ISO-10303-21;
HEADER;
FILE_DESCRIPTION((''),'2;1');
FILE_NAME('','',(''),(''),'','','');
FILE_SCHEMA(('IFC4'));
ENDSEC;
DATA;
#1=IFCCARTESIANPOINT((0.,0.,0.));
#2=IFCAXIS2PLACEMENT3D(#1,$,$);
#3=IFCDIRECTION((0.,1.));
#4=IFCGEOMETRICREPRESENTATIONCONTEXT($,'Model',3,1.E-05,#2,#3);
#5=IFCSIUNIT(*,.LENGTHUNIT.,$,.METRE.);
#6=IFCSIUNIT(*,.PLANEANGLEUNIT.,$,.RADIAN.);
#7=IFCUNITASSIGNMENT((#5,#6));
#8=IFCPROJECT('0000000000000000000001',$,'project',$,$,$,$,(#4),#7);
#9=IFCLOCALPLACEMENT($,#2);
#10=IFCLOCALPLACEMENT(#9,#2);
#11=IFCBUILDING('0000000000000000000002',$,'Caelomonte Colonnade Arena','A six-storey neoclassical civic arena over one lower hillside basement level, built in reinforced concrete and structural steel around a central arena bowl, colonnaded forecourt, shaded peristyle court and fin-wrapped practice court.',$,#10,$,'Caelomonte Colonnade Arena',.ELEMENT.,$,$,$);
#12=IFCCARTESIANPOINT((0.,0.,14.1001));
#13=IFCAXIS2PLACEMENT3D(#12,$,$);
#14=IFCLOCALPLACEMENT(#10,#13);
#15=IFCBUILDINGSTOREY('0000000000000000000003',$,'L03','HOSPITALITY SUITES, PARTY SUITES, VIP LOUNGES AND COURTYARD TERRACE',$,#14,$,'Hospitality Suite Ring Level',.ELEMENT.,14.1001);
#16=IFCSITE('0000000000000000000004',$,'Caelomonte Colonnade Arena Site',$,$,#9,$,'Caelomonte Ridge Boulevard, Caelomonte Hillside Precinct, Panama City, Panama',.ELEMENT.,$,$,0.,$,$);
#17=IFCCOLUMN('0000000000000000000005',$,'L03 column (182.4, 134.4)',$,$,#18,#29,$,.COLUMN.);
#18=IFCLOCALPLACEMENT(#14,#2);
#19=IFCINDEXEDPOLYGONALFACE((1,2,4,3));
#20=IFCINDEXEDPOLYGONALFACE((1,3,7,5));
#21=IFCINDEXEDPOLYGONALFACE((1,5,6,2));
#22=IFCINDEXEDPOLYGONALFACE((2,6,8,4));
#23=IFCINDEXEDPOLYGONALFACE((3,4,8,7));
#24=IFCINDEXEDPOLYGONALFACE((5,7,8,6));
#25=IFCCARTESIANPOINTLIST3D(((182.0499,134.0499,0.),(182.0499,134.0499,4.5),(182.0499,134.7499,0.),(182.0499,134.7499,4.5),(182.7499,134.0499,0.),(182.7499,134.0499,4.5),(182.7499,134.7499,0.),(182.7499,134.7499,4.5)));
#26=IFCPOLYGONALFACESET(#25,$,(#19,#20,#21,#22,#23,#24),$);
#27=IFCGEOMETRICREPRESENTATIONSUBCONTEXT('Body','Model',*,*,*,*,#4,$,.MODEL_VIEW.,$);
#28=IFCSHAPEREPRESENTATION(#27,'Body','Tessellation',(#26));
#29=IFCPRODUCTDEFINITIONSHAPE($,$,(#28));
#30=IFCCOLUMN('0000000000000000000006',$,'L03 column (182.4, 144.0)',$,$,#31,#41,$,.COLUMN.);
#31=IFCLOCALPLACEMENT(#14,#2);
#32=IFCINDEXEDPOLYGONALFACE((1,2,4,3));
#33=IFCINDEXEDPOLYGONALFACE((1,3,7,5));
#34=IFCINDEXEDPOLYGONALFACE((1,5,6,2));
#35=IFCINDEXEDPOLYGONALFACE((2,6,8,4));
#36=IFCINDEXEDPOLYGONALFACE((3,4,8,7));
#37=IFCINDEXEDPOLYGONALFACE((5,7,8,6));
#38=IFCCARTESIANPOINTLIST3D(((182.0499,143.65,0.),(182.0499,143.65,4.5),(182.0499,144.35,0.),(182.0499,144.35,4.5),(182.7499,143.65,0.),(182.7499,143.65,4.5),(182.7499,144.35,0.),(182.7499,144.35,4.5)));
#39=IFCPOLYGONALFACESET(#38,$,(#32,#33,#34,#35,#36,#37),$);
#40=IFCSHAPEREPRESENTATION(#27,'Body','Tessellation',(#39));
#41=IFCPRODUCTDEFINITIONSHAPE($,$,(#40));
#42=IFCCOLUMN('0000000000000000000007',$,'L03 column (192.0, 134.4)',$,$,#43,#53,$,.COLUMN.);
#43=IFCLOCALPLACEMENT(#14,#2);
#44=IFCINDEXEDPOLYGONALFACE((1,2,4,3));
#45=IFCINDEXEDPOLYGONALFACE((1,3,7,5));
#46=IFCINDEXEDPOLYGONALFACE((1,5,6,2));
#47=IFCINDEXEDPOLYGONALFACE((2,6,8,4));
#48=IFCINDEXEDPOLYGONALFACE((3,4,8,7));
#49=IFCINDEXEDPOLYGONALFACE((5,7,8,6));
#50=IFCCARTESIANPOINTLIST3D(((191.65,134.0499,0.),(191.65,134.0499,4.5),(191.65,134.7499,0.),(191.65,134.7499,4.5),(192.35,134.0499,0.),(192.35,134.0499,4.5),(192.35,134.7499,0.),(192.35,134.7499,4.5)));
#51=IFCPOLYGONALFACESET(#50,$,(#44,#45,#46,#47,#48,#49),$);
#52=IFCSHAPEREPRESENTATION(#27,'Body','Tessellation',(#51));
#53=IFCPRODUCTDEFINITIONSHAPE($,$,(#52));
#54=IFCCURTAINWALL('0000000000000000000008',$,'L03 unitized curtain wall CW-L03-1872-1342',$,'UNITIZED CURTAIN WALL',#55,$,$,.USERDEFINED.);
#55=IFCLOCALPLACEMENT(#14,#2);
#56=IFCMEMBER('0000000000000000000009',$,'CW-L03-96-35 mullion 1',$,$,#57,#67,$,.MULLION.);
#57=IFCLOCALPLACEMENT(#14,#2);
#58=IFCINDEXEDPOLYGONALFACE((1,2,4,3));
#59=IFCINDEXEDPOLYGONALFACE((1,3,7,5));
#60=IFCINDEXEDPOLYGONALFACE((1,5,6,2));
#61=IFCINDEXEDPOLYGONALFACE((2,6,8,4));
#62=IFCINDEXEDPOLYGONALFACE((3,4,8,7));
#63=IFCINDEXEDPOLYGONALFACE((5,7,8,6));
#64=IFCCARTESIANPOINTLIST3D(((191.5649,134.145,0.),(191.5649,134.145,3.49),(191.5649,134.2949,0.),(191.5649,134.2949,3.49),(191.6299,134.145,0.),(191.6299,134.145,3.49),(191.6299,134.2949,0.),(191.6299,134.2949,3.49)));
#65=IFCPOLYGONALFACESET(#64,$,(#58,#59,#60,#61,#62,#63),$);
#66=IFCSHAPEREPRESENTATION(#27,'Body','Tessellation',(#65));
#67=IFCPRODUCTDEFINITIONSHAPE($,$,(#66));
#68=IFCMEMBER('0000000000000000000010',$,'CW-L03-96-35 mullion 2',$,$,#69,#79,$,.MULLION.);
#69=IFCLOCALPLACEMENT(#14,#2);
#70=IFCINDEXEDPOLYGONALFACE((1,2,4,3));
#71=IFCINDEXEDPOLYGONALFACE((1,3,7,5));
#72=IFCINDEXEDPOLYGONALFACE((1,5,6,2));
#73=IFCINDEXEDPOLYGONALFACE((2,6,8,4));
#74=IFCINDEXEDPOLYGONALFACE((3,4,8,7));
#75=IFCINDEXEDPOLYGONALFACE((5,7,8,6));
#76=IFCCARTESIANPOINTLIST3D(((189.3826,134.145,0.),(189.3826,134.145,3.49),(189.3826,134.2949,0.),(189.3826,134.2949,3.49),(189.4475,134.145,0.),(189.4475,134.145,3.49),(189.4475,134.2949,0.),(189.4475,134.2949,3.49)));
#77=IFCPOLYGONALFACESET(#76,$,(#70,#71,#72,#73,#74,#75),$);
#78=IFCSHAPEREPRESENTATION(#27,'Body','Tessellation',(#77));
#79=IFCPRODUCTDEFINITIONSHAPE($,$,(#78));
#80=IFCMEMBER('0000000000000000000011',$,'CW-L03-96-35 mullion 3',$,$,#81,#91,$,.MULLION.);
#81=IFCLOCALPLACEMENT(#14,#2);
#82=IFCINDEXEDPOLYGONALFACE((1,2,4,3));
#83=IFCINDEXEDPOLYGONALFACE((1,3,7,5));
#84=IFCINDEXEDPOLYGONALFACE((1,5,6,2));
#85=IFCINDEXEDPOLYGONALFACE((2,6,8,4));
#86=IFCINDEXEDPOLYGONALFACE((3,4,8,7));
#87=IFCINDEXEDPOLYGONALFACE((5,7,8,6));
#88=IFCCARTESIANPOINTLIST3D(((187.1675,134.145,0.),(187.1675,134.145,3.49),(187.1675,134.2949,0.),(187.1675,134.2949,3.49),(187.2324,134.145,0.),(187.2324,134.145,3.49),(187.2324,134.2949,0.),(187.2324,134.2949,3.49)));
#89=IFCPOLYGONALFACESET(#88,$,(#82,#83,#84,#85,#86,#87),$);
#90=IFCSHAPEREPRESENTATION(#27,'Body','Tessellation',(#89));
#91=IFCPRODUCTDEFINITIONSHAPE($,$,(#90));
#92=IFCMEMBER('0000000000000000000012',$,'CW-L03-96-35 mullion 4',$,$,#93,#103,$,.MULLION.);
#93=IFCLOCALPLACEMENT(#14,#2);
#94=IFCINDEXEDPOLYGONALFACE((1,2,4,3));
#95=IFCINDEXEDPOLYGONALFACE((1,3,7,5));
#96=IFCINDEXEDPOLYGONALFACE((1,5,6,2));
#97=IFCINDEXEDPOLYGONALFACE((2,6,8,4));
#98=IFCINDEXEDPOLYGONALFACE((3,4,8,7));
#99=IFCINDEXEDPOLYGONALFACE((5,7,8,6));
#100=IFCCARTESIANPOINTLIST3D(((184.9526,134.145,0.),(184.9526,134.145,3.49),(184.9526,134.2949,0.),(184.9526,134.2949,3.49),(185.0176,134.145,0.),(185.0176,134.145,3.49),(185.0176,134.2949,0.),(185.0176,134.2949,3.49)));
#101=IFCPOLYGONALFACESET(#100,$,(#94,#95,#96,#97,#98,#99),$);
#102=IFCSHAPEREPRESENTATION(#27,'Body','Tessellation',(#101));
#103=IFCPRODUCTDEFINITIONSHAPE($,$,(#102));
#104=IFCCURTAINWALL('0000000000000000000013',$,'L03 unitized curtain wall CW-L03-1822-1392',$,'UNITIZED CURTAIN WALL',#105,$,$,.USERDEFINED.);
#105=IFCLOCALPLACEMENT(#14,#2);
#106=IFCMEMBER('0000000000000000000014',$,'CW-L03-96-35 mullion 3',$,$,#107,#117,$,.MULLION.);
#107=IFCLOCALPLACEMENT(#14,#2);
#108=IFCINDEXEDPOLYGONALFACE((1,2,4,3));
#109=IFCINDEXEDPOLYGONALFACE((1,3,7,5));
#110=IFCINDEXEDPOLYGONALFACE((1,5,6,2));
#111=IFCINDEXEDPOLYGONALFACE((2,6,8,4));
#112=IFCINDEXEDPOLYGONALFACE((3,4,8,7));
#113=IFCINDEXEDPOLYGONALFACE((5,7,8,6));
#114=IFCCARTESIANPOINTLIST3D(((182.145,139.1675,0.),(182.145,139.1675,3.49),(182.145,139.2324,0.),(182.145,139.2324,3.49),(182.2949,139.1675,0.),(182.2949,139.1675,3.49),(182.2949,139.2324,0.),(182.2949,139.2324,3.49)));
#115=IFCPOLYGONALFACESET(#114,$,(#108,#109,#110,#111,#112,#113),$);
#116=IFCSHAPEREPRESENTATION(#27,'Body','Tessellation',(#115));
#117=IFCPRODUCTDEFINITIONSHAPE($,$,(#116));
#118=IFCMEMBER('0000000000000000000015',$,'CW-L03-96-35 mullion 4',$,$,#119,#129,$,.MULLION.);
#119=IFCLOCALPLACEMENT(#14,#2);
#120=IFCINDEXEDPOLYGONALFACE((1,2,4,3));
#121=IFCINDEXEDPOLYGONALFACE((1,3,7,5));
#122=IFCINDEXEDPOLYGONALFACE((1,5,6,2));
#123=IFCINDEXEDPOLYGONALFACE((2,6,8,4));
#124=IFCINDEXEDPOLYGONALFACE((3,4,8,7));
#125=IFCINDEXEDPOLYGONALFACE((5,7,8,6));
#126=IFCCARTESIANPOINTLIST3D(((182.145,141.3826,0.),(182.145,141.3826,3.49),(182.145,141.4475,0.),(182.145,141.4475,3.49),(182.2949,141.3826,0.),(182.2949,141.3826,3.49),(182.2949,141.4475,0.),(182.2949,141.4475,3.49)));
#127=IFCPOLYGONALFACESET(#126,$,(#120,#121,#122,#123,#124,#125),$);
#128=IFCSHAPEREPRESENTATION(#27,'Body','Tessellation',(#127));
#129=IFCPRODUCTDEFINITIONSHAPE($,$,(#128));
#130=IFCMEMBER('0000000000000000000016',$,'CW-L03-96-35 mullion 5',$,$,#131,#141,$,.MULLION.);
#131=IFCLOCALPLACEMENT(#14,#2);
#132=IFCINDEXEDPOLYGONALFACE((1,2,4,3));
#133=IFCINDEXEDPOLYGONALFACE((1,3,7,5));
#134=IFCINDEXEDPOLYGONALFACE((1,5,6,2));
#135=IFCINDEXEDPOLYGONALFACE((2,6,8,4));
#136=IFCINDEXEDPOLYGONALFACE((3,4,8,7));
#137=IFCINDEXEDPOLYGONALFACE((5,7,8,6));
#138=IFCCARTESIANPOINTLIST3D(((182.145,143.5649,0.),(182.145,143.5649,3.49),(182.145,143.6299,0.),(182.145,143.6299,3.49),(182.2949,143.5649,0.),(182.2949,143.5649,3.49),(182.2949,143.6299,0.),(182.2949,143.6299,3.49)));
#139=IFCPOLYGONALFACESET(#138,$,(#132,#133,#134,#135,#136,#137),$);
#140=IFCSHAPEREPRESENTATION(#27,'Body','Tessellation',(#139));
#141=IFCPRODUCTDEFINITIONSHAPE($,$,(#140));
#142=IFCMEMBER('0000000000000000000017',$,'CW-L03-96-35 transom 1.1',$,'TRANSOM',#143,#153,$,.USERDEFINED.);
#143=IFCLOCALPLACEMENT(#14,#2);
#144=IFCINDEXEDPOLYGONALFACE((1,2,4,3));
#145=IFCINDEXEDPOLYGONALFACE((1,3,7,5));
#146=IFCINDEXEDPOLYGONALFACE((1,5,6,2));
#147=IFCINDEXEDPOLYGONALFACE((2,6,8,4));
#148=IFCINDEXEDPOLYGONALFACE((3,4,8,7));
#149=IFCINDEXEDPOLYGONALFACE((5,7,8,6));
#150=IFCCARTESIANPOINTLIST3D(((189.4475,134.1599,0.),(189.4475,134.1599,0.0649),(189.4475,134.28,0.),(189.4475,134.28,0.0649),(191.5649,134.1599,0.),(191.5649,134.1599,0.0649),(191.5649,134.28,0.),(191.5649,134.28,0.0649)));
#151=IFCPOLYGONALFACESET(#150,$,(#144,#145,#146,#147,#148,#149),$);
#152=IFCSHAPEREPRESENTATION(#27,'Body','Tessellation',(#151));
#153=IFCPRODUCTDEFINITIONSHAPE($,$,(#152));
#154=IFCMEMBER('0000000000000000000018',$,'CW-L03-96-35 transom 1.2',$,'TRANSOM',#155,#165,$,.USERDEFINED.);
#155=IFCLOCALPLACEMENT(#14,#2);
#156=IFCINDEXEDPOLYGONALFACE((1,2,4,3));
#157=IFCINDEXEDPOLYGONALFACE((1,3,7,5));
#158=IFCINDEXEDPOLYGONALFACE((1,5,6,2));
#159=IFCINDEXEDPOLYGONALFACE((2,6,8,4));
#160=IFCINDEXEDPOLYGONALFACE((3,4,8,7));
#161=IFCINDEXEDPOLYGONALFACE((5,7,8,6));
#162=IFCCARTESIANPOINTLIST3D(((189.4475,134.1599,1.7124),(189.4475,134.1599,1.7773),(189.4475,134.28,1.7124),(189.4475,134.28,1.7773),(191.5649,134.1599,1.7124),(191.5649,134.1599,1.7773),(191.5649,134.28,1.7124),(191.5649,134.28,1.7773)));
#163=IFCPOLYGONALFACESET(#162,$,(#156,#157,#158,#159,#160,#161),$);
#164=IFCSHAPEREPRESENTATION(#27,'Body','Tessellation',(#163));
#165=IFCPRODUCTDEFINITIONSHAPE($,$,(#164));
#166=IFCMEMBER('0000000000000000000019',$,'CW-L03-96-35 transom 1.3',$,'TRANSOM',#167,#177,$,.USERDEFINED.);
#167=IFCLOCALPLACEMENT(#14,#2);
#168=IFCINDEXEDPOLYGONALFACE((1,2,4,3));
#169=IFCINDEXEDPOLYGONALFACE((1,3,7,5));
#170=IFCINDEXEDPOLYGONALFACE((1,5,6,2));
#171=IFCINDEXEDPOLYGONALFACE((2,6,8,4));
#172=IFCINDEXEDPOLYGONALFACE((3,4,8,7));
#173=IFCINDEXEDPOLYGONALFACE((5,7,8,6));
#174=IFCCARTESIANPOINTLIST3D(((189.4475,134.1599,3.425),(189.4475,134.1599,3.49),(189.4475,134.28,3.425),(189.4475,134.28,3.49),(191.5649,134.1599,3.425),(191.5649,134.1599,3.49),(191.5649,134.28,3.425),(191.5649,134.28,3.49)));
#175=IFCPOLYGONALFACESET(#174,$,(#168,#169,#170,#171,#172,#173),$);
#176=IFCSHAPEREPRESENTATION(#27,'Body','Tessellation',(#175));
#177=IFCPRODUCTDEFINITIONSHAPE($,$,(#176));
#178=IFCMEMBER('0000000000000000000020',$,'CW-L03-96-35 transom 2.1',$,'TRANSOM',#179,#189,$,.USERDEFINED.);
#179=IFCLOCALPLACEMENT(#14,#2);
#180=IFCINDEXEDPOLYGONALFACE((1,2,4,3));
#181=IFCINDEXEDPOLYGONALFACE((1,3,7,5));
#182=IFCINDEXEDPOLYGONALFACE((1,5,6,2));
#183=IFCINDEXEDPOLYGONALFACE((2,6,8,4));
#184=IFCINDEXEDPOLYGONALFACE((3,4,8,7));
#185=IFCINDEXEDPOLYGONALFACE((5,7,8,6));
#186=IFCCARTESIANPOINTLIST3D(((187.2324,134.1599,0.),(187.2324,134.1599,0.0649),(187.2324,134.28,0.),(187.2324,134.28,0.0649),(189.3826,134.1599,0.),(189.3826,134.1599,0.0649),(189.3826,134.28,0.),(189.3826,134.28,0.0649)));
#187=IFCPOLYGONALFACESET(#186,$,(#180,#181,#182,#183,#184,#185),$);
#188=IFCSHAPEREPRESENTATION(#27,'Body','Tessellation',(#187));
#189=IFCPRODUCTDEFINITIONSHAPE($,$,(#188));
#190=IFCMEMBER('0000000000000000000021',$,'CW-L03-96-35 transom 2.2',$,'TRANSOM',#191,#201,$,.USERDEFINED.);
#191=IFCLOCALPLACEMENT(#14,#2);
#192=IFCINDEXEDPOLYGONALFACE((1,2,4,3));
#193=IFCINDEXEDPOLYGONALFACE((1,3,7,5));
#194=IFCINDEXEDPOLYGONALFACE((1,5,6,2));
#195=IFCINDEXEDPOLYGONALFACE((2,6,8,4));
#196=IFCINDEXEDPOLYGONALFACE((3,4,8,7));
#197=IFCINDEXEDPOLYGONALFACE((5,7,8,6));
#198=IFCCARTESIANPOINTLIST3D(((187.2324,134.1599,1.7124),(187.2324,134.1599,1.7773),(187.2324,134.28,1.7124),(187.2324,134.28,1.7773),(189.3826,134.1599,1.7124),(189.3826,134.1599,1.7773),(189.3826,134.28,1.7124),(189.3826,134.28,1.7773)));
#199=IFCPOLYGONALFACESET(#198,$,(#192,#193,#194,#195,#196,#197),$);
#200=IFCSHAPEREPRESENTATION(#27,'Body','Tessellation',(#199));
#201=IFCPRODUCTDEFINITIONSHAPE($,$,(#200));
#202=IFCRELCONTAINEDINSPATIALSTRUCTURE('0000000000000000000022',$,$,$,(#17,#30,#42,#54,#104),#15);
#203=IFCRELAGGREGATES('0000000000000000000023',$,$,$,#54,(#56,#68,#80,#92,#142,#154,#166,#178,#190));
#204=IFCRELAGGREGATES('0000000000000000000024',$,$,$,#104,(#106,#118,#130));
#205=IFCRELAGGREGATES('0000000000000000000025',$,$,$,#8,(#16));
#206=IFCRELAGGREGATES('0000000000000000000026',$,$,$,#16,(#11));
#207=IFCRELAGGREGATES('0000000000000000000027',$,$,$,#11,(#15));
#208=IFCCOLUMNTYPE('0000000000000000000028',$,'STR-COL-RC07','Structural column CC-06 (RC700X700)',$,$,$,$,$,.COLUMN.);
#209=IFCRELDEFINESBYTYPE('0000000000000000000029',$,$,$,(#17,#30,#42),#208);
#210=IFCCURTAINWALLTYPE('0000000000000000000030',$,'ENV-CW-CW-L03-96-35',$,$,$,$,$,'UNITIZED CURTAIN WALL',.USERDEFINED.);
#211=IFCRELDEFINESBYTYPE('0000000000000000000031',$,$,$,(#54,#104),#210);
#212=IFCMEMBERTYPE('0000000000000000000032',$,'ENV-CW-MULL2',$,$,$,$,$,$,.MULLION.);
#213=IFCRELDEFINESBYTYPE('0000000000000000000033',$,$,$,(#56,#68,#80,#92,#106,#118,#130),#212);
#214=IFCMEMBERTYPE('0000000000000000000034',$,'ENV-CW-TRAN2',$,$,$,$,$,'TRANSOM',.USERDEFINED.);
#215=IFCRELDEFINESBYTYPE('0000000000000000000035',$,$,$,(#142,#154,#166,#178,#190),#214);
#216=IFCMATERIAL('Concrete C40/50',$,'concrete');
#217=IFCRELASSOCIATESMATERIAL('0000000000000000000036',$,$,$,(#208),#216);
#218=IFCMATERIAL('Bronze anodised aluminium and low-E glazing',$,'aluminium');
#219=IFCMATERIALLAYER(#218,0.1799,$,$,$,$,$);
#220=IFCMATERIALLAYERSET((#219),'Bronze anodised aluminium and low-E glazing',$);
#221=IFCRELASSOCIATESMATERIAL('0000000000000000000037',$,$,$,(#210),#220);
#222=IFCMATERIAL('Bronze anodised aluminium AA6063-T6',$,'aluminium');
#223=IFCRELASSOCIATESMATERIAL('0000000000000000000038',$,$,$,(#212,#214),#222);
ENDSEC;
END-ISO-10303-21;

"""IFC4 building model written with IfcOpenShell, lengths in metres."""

from ifc_helpers import new_model, si_unit, direction, frame, origin, origin_2d, place, context, subcontext, project, spatial, rectangle, extrude, material, layer, layer_set, material_profile, profile_set, type_object, element, aggregate, save


model = new_model("IFC4")

# Units and contexts
model_context = context("Model", 3, precision=1e-05, world=origin(), true_north=direction((0.0, 1.0)))
body_context = subcontext(model_context, "Body", "Model", "MODEL_VIEW")
ifc_project = project(units=[si_unit("LENGTHUNIT", "METRE"), si_unit("PLANEANGLEUNIT", "RADIAN")], contexts=[model_context])

# Site, building, storey
site_placement = place(None, origin())
site = spatial("IfcSite", under=ifc_project, at=site_placement, Name="Caelomonte Colonnade Arena Site", LongName="Caelomonte Ridge Boulevard, Caelomonte Hillside Precinct, Panama City, Panama", CompositionType="ELEMENT", RefElevation=0.0)
building_placement = place(site_placement, origin())
building = spatial("IfcBuilding", under=site, at=building_placement, Name="Caelomonte Colonnade Arena", Description="A six-storey neoclassical civic arena over one lower hillside basement level, built in reinforced concrete and structural steel around a central arena bowl, colonnaded forecourt, shaded peristyle court and fin-wrapped practice court.", LongName="Caelomonte Colonnade Arena", CompositionType="ELEMENT")
storey_placement = place(building_placement, frame((0.0, 0.0, 14.1001)))
storey = spatial("IfcBuildingStorey", under=building, at=storey_placement, Name="L03", Description="HOSPITALITY SUITES, PARTY SUITES, VIP LOUNGES AND COURTYARD TERRACE", LongName="Hospitality Suite Ring Level", CompositionType="ELEMENT", Elevation=14.1001)

# Columns
ifc_material_1 = material(Name="Concrete C40/50", Category="concrete")
ifc_material_profile_1 = material_profile(ifc_material_1, rectangle(XDim=0.7, YDim=0.7, at=origin_2d()), Name="RC700X700")
ifc_profile_set_1 = profile_set([ifc_material_profile_1], Name="Concrete C40/50")
column_type = type_object("IfcColumnType", Name="STR-COL-RC07", Description="Structural column CC-06 (RC700X700)", PredefinedType="COLUMN", material=ifc_profile_set_1)
for number, where, z_axis, x_axis, name in (
    (1, (182.3999, 134.3999, 0.0), (0.0, 0.0, 1.0), (1.0, 0.0, 0.0), "L03 column (182.4, 134.4)"),
    (2, (182.3999, 144.0, 0.0), (0.0, 0.0, 1.0), (1.0, 0.0, 0.0), "L03 column (182.4, 144.0)"),
    (3, (192.0, 134.3999, 0.0), (0.0, 0.0, 1.0), (1.0, 0.0, 0.0), "L03 column (192.0, 134.4)"),
):
    element("IfcColumn", number, at=place(storey_placement, frame(where, z_axis=z_axis, x_axis=x_axis)), inside=storey, type_object=column_type, Name=name, PredefinedType="COLUMN", context=body_context, shape_type="SweptSolid", body=[
        extrude(rectangle(XDim=0.7, YDim=0.7, at=origin_2d()), origin(), (0.0, 0.0, 1.0), 4.5),
    ])

# Curtain walls, members
ifc_material_2 = material(Name="Bronze anodised aluminium and low-E glazing", Category="aluminium")
ifc_layer_1 = layer(ifc_material_2, 0.1799)
ifc_layer_set_1 = layer_set([ifc_layer_1], Name="Bronze anodised aluminium and low-E glazing")
curtain_wall_type = type_object("IfcCurtainWallType", Name="ENV-CW-CW-L03-96-35", ElementType="UNITIZED CURTAIN WALL", PredefinedType="USERDEFINED", material=ifc_layer_set_1)
curtain_wall_1_placement = place(storey_placement, origin())
curtain_wall_1 = element("IfcCurtainWall", 4, at=curtain_wall_1_placement, inside=storey, type_object=curtain_wall_type, Name="L03 unitized curtain wall CW-L03-1872-1342", ObjectType="UNITIZED CURTAIN WALL", PredefinedType="USERDEFINED")
ifc_material_3 = material(Name="Bronze anodised aluminium AA6063-T6", Category="aluminium")
ifc_material_profile_2 = material_profile(ifc_material_3, rectangle(XDim=0.0649, YDim=0.1499, at=origin_2d()), Name="CWM-65X150")
ifc_profile_set_2 = profile_set([ifc_material_profile_2], Name="Bronze anodised aluminium AA6063-T6")
member_type_1 = type_object("IfcMemberType", Name="ENV-CW-MULL2", PredefinedType="MULLION", material=ifc_profile_set_2)
member_1_placement = place(storey_placement, frame((191.5974, 134.22, 0.0), z_axis=(0.0, 0.0, 1.0), x_axis=(-1.0, 0.0, 0.0)))
member_1 = element("IfcMember", 5, at=member_1_placement, type_object=member_type_1, Name="CW-L03-96-35 mullion 1", PredefinedType="MULLION", context=body_context, shape_type="SweptSolid", body=[
    extrude(rectangle(XDim=0.0649, YDim=0.1499, at=origin_2d()), origin(), (0.0, 0.0, 1.0), 3.49),
])
member_2_placement = place(storey_placement, frame((189.415, 134.22, 0.0), z_axis=(0.0, 0.0, 1.0), x_axis=(-1.0, 0.0, 0.0)))
member_2 = element("IfcMember", 6, at=member_2_placement, type_object=member_type_1, Name="CW-L03-96-35 mullion 2", PredefinedType="MULLION", context=body_context, shape_type="SweptSolid", body=[
    extrude(rectangle(XDim=0.0649, YDim=0.1499, at=origin_2d()), origin(), (0.0, 0.0, 1.0), 3.49),
])
member_3_placement = place(storey_placement, frame((187.2, 134.22, 0.0), z_axis=(0.0, 0.0, 1.0), x_axis=(-1.0, 0.0, 0.0)))
member_3 = element("IfcMember", 7, at=member_3_placement, type_object=member_type_1, Name="CW-L03-96-35 mullion 3", PredefinedType="MULLION", context=body_context, shape_type="SweptSolid", body=[
    extrude(rectangle(XDim=0.0649, YDim=0.1499, at=origin_2d()), origin(), (0.0, 0.0, 1.0), 3.49),
])
member_4_placement = place(storey_placement, frame((184.9851, 134.22, 0.0), z_axis=(0.0, 0.0, 1.0), x_axis=(-1.0, 0.0, 0.0)))
member_4 = element("IfcMember", 8, at=member_4_placement, type_object=member_type_1, Name="CW-L03-96-35 mullion 4", PredefinedType="MULLION", context=body_context, shape_type="SweptSolid", body=[
    extrude(rectangle(XDim=0.0649, YDim=0.1499, at=origin_2d()), origin(), (0.0, 0.0, 1.0), 3.49),
])
curtain_wall_2_placement = place(storey_placement, origin())
curtain_wall_2 = element("IfcCurtainWall", 9, at=curtain_wall_2_placement, inside=storey, type_object=curtain_wall_type, Name="L03 unitized curtain wall CW-L03-1822-1392", ObjectType="UNITIZED CURTAIN WALL", PredefinedType="USERDEFINED")
member_5_placement = place(storey_placement, frame((182.22, 139.2, 0.0), z_axis=(0.0, 0.0, 1.0), x_axis=(0.0, 1.0, 0.0)))
member_5 = element("IfcMember", 10, at=member_5_placement, type_object=member_type_1, Name="CW-L03-96-35 mullion 3", PredefinedType="MULLION", context=body_context, shape_type="SweptSolid", body=[
    extrude(rectangle(XDim=0.0649, YDim=0.1499, at=origin_2d()), origin(), (0.0, 0.0, 1.0), 3.49),
])
member_6_placement = place(storey_placement, frame((182.22, 141.415, 0.0), z_axis=(0.0, 0.0, 1.0), x_axis=(0.0, 1.0, 0.0)))
member_6 = element("IfcMember", 11, at=member_6_placement, type_object=member_type_1, Name="CW-L03-96-35 mullion 4", PredefinedType="MULLION", context=body_context, shape_type="SweptSolid", body=[
    extrude(rectangle(XDim=0.0649, YDim=0.1499, at=origin_2d()), origin(), (0.0, 0.0, 1.0), 3.49),
])
member_7_placement = place(storey_placement, frame((182.22, 143.5974, 0.0), z_axis=(0.0, 0.0, 1.0), x_axis=(0.0, 1.0, 0.0)))
member_7 = element("IfcMember", 12, at=member_7_placement, type_object=member_type_1, Name="CW-L03-96-35 mullion 5", PredefinedType="MULLION", context=body_context, shape_type="SweptSolid", body=[
    extrude(rectangle(XDim=0.0649, YDim=0.1499, at=origin_2d()), origin(), (0.0, 0.0, 1.0), 3.49),
])

# Members
ifc_material_profile_3 = material_profile(ifc_material_3, rectangle(XDim=0.0649, YDim=0.1201, at=origin_2d()), Name="CWT-65X120")
ifc_profile_set_3 = profile_set([ifc_material_profile_3], Name="Bronze anodised aluminium AA6063-T6")
member_type_2 = type_object("IfcMemberType", Name="ENV-CW-TRAN2", ElementType="TRANSOM", PredefinedType="USERDEFINED", material=ifc_profile_set_3)
member_8_placement = place(storey_placement, frame((191.5649, 134.22, 0.0325), z_axis=(-1.0, 0.0, 0.0), x_axis=(0.0, 0.0, 1.0)))
member_8 = element("IfcMember", 13, at=member_8_placement, type_object=member_type_2, Name="CW-L03-96-35 transom 1.1", ObjectType="TRANSOM", PredefinedType="USERDEFINED", context=body_context, shape_type="SweptSolid", body=[
    extrude(rectangle(XDim=0.0649, YDim=0.1201, at=origin_2d()), origin(), (0.0, 0.0, 1.0), 2.1174),
])
member_9_placement = place(storey_placement, frame((191.5649, 134.22, 1.7449), z_axis=(-1.0, 0.0, 0.0), x_axis=(0.0, 0.0, 1.0)))
member_9 = element("IfcMember", 14, at=member_9_placement, type_object=member_type_2, Name="CW-L03-96-35 transom 1.2", ObjectType="TRANSOM", PredefinedType="USERDEFINED", context=body_context, shape_type="SweptSolid", body=[
    extrude(rectangle(XDim=0.0649, YDim=0.1201, at=origin_2d()), origin(), (0.0, 0.0, 1.0), 2.1174),
])
member_10_placement = place(storey_placement, frame((191.5649, 134.22, 3.4575), z_axis=(-1.0, 0.0, 0.0), x_axis=(0.0, 0.0, 1.0)))
member_10 = element("IfcMember", 15, at=member_10_placement, type_object=member_type_2, Name="CW-L03-96-35 transom 1.3", ObjectType="TRANSOM", PredefinedType="USERDEFINED", context=body_context, shape_type="SweptSolid", body=[
    extrude(rectangle(XDim=0.0649, YDim=0.1201, at=origin_2d()), origin(), (0.0, 0.0, 1.0), 2.1174),
])
member_11_placement = place(storey_placement, frame((189.3826, 134.22, 0.0325), z_axis=(-1.0, 0.0, 0.0), x_axis=(0.0, 0.0, 1.0)))
member_11 = element("IfcMember", 16, at=member_11_placement, type_object=member_type_2, Name="CW-L03-96-35 transom 2.1", ObjectType="TRANSOM", PredefinedType="USERDEFINED", context=body_context, shape_type="SweptSolid", body=[
    extrude(rectangle(XDim=0.0649, YDim=0.1201, at=origin_2d()), origin(), (0.0, 0.0, 1.0), 2.1501),
])
member_12_placement = place(storey_placement, frame((189.3826, 134.22, 1.7449), z_axis=(-1.0, 0.0, 0.0), x_axis=(0.0, 0.0, 1.0)))
member_12 = element("IfcMember", 17, at=member_12_placement, type_object=member_type_2, Name="CW-L03-96-35 transom 2.2", ObjectType="TRANSOM", PredefinedType="USERDEFINED", context=body_context, shape_type="SweptSolid", body=[
    extrude(rectangle(XDim=0.0649, YDim=0.1201, at=origin_2d()), origin(), (0.0, 0.0, 1.0), 2.1501),
])

aggregate(curtain_wall_1, [member_1, member_2, member_3, member_4, member_8, member_9, member_10, member_11, member_12])
aggregate(curtain_wall_2, [member_5, member_6, member_7])

save(model, "model.ifc")
